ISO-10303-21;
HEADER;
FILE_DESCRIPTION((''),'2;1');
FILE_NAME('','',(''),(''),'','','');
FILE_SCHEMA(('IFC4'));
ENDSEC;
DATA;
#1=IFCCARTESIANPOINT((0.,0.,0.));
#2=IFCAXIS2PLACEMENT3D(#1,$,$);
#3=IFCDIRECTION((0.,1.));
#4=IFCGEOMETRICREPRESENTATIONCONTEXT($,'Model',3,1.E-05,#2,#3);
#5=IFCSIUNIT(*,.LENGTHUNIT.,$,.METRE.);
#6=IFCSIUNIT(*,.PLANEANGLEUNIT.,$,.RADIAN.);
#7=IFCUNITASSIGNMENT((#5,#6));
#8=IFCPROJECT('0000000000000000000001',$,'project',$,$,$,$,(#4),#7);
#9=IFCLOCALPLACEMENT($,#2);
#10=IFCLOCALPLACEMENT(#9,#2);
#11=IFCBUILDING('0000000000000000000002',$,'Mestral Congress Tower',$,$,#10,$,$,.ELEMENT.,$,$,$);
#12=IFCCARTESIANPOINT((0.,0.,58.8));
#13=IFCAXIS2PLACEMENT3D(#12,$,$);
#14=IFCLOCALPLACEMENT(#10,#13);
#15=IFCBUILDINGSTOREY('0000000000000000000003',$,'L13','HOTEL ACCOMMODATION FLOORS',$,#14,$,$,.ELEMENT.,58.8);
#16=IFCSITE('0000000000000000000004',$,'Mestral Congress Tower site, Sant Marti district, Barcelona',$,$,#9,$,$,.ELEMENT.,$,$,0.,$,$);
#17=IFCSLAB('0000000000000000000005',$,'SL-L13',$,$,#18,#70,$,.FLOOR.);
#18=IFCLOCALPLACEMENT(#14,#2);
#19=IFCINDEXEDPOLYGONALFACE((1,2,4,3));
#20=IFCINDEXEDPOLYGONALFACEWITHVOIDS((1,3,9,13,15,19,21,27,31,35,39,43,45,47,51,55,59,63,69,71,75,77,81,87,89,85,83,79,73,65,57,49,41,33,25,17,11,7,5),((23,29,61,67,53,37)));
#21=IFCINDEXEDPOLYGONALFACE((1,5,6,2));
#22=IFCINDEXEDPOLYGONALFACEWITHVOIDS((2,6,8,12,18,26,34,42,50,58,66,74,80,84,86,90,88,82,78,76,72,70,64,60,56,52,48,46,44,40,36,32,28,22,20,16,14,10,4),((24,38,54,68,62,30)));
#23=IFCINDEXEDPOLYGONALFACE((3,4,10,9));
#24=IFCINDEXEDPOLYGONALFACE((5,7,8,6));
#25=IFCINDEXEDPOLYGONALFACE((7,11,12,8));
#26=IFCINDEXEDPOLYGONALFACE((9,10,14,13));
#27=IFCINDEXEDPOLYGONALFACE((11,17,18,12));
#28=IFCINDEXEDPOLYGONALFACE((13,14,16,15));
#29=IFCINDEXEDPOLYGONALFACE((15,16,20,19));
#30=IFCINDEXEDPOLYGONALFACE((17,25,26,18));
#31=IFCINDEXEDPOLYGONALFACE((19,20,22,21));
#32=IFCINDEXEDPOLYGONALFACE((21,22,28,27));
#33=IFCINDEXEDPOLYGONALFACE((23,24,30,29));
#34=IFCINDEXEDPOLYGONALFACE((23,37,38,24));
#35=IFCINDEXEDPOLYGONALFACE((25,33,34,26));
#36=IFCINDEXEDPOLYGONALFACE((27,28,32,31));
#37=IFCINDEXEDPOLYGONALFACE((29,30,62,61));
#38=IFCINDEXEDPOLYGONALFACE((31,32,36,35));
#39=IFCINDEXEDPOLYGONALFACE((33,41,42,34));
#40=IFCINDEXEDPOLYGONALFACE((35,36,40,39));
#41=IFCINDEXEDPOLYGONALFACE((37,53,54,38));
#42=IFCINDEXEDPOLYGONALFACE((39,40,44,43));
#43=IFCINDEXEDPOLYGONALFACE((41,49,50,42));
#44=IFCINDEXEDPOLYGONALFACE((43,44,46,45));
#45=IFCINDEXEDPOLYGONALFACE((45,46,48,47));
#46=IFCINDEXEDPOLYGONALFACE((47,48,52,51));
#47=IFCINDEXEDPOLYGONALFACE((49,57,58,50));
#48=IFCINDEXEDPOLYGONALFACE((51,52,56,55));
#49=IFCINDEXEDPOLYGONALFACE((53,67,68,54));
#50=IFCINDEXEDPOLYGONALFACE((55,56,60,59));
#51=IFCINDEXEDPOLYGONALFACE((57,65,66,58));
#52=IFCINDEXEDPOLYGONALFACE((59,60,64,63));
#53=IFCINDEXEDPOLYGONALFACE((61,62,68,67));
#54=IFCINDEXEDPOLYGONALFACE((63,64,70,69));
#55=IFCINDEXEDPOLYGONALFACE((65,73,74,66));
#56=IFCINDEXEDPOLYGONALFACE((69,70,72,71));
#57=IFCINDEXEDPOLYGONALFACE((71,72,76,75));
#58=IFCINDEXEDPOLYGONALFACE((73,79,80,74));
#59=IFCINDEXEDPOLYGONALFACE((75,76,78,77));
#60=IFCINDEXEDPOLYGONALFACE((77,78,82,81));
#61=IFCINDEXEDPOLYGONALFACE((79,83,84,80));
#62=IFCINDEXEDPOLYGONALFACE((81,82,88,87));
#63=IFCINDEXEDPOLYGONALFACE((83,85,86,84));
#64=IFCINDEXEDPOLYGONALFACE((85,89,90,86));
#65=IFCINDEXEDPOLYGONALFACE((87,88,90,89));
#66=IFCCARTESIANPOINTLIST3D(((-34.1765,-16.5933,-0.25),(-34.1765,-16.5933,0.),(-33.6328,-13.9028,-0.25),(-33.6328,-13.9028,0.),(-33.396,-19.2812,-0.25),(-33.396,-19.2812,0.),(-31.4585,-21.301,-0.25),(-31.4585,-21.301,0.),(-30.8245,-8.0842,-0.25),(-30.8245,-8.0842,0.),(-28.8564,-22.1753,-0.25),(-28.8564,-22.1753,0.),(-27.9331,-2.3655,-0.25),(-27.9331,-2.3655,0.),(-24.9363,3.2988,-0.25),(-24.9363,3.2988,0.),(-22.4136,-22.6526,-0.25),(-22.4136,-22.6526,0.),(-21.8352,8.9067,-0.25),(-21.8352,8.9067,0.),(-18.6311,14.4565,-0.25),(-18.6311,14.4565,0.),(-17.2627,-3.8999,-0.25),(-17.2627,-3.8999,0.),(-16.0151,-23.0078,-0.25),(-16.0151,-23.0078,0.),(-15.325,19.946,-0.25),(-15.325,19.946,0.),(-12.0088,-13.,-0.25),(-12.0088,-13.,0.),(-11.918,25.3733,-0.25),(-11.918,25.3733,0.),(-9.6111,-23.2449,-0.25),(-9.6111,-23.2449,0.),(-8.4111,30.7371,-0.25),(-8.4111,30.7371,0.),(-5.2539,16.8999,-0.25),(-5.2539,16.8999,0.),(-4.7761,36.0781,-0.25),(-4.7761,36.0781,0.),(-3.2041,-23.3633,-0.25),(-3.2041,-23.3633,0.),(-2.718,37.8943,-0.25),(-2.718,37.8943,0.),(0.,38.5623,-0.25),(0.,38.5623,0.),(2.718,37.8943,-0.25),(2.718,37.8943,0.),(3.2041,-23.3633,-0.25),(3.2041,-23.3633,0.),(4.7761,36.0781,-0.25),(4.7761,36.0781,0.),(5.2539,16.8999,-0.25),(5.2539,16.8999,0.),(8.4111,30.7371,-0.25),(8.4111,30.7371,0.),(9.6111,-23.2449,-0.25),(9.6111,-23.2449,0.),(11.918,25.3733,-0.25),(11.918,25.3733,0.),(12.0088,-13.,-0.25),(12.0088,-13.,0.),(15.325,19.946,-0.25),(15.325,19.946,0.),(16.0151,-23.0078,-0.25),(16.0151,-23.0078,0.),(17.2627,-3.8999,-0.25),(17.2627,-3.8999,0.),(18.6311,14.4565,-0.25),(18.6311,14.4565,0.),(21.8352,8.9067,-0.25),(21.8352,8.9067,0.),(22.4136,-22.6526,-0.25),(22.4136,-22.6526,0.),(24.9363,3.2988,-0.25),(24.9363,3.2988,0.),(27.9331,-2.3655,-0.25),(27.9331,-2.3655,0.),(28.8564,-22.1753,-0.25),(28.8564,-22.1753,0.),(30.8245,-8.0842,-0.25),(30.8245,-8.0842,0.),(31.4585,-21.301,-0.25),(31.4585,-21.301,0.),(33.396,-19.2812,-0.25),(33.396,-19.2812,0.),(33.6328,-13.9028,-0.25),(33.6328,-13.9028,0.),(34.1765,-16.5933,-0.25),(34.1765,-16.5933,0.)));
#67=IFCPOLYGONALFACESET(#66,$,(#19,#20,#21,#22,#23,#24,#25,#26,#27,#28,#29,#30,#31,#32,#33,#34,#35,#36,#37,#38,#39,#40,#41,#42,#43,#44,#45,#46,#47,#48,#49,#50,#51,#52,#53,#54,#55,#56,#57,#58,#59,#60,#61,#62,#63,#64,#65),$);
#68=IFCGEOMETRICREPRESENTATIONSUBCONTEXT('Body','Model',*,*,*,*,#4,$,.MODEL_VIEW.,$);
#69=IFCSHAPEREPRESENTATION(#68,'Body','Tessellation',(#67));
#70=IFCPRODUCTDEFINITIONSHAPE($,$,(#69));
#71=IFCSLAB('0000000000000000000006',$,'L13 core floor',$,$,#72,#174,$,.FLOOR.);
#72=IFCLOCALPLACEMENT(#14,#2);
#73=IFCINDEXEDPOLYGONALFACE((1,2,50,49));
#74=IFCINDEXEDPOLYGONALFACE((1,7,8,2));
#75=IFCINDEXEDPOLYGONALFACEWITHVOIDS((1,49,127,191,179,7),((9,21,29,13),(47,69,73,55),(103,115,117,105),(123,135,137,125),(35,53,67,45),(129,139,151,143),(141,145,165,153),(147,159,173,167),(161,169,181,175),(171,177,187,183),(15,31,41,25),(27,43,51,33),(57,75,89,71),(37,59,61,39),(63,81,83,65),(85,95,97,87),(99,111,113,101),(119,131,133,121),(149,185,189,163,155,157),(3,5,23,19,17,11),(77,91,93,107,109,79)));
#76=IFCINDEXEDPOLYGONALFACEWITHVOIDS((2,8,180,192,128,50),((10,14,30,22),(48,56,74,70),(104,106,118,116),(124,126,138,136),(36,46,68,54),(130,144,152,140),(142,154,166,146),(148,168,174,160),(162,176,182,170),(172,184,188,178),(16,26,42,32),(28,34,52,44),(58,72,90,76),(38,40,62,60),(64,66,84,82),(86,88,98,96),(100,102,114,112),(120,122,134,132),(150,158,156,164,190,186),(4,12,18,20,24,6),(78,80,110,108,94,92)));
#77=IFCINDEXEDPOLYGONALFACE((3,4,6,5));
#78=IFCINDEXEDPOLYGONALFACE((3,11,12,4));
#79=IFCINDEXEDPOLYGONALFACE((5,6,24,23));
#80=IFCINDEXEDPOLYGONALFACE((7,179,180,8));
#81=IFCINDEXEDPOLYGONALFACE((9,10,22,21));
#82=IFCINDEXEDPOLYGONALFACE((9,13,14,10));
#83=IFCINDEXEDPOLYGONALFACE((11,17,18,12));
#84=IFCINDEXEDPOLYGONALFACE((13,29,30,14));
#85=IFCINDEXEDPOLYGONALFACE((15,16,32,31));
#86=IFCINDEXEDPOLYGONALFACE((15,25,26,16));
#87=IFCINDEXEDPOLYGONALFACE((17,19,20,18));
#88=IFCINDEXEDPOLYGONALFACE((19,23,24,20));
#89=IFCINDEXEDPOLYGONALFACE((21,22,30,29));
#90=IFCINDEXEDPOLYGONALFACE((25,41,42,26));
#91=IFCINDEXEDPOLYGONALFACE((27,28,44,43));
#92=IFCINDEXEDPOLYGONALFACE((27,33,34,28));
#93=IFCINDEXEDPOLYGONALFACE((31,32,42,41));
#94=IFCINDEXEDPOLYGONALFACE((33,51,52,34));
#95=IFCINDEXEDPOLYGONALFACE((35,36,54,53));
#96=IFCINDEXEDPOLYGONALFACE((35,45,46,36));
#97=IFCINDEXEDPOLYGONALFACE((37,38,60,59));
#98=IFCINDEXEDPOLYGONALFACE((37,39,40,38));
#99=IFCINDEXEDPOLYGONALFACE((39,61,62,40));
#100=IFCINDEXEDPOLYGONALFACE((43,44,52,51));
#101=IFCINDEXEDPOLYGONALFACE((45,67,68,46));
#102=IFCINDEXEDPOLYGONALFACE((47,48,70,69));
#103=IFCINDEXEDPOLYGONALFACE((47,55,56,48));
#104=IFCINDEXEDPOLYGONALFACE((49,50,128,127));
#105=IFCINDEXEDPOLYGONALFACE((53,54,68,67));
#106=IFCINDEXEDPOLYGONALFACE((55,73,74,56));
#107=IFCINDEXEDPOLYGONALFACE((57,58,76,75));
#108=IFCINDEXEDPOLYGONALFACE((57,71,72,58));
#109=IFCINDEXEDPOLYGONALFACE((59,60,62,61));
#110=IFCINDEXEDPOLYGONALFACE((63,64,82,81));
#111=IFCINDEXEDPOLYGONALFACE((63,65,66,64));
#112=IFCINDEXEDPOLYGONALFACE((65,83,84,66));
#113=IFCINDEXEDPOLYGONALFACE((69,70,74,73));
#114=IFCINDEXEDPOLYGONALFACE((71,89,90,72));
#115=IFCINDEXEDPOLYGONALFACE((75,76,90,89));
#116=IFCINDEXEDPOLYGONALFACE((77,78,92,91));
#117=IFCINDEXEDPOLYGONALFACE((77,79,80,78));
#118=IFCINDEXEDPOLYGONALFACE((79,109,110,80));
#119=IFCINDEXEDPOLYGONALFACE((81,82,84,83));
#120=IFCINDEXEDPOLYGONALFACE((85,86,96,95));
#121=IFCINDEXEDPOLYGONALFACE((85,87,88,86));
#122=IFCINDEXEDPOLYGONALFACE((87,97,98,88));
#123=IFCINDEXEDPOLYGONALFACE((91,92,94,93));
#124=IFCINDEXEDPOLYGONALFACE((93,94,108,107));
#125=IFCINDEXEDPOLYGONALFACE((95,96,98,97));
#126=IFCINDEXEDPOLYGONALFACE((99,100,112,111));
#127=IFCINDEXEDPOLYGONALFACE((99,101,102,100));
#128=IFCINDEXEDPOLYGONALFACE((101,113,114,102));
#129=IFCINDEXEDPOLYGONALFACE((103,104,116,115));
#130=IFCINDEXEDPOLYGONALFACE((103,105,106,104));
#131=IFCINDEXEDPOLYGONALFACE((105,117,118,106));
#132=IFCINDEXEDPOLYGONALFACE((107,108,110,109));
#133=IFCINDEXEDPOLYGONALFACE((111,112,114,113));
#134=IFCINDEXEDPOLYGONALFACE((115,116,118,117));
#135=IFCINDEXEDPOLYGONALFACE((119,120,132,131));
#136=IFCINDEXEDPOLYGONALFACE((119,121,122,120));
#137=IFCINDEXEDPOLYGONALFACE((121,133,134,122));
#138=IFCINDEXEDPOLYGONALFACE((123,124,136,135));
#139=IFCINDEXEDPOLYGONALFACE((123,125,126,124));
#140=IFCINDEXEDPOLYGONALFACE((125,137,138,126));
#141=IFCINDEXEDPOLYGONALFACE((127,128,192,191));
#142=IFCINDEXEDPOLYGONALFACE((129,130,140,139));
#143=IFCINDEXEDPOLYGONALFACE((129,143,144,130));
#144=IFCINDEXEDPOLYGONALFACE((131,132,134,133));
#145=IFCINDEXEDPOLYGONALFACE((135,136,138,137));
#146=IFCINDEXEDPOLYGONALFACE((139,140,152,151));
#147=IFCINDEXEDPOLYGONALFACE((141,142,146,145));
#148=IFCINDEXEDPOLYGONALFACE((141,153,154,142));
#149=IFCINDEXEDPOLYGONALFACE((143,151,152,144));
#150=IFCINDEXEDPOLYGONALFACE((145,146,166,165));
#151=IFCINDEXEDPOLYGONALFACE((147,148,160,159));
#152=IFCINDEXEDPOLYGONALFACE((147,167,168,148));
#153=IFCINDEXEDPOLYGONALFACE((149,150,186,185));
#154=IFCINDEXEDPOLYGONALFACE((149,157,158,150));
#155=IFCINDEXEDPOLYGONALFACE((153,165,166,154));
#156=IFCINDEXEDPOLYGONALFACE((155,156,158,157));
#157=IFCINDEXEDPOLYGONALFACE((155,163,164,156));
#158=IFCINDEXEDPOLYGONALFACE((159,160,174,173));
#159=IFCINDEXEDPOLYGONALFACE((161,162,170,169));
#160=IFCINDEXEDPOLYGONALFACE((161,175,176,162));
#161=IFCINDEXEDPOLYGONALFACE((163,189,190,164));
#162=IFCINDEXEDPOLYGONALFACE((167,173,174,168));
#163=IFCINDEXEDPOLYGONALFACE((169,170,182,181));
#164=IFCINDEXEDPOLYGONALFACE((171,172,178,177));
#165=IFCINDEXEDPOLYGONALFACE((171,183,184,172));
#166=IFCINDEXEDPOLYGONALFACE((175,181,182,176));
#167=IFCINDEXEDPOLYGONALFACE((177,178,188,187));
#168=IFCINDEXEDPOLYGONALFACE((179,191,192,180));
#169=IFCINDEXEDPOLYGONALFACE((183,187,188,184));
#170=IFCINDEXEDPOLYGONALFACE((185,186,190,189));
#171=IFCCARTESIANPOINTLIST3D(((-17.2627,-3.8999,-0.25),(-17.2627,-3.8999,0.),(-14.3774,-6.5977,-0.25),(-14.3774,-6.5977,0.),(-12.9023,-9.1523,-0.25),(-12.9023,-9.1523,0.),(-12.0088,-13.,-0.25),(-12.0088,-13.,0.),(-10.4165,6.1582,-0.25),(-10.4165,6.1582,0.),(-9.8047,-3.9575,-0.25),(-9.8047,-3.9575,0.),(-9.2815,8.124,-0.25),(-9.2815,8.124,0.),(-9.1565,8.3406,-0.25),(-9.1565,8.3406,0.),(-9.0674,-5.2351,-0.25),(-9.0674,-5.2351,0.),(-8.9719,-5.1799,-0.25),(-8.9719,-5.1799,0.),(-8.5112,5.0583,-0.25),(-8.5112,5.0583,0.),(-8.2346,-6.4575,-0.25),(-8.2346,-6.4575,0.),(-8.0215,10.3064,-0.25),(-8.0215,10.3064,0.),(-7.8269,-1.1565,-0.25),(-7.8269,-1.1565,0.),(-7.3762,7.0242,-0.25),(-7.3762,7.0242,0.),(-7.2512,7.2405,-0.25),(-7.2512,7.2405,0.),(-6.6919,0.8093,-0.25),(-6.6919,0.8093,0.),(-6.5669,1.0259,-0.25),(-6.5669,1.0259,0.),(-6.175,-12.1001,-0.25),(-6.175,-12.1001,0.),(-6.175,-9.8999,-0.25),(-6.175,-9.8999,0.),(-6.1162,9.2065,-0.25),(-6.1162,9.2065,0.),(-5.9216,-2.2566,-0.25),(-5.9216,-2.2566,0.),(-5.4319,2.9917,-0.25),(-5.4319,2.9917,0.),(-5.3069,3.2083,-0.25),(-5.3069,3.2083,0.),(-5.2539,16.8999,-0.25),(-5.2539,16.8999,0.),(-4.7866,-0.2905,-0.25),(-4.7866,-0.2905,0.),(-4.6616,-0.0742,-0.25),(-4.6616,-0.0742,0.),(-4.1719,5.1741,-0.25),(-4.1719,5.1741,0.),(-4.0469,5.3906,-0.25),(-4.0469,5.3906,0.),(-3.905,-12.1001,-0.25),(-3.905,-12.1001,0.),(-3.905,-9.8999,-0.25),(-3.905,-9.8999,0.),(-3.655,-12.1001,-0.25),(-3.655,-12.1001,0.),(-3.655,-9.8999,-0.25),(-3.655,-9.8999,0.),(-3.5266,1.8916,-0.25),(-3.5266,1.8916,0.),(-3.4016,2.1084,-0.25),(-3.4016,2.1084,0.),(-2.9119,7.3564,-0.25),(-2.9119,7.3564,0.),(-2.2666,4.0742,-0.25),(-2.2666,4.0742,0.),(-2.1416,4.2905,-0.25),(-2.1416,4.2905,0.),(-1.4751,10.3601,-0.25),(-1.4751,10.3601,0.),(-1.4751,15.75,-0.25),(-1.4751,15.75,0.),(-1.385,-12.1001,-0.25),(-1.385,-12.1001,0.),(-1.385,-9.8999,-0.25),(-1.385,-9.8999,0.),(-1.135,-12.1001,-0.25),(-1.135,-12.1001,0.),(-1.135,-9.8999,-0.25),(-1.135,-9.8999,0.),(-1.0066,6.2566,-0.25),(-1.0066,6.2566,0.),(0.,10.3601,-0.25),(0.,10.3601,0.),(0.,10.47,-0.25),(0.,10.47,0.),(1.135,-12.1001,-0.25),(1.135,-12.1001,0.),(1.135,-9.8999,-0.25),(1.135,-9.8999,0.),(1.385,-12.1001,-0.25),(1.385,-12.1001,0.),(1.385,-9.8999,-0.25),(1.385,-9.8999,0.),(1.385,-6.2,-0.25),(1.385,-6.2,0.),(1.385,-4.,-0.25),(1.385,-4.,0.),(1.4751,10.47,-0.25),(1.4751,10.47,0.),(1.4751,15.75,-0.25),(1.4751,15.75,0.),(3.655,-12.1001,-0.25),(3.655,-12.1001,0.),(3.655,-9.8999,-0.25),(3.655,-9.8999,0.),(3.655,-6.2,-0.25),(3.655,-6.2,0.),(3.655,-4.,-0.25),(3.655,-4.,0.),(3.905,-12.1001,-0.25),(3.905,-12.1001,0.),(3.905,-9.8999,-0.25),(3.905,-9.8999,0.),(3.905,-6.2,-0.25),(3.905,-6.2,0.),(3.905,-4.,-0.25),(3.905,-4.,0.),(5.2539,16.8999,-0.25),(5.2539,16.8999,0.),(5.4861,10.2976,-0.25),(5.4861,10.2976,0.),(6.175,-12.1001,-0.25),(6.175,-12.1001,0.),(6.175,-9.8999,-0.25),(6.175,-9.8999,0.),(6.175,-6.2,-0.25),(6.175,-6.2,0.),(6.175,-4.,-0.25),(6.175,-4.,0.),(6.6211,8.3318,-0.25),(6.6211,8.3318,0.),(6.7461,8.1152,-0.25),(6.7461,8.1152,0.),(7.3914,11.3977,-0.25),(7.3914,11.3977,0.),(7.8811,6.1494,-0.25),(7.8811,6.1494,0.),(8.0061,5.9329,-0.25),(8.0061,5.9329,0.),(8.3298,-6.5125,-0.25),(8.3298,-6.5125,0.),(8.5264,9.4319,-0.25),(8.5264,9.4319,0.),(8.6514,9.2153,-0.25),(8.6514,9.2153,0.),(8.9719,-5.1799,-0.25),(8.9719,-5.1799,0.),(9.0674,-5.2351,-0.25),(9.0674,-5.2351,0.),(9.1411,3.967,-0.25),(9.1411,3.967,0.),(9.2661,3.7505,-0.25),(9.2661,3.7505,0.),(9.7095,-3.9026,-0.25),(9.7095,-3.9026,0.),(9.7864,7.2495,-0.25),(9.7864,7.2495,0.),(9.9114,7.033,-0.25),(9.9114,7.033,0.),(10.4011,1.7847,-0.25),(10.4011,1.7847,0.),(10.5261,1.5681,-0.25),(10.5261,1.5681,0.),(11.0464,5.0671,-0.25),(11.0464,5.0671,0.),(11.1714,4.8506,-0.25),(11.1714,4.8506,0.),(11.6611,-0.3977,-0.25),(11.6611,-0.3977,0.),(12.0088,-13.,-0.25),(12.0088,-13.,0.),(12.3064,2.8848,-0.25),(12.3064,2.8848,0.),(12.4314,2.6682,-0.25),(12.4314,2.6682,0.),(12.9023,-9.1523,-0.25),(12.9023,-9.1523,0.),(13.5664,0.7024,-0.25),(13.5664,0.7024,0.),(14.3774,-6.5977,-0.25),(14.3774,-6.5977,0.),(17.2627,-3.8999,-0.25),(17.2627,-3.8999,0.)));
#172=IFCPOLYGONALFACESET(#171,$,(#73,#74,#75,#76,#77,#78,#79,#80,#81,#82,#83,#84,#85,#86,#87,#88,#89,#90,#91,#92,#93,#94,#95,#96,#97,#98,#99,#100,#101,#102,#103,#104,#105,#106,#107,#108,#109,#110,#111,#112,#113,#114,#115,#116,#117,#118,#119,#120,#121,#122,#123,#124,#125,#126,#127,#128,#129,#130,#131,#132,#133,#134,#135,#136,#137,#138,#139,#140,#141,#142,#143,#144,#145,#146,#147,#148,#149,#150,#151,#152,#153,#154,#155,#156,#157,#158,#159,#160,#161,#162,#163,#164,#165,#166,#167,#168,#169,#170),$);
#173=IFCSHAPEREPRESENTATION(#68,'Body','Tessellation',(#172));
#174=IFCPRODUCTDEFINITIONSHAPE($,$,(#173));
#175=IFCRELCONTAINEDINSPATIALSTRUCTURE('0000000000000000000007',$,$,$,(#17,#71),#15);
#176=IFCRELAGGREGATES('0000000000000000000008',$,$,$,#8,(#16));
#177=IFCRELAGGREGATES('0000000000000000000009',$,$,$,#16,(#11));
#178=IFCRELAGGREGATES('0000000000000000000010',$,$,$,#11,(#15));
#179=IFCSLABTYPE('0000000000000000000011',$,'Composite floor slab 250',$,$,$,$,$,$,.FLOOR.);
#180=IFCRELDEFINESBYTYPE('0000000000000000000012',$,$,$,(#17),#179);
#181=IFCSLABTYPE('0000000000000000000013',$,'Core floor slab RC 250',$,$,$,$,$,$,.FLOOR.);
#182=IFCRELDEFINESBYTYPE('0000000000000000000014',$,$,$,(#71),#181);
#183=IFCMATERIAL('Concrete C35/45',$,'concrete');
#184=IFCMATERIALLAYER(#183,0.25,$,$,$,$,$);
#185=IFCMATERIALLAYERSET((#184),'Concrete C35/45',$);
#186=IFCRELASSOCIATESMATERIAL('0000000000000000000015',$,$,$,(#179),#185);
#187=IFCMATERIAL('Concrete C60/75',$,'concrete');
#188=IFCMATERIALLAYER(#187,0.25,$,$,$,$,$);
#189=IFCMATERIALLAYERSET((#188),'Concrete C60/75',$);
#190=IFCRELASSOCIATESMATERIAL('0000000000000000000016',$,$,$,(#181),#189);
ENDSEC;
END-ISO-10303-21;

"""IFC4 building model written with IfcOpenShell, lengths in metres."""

from ifc_helpers import new_model, si_unit, direction, frame, origin, place, context, subcontext, project, spatial, polyline, outline, extrude, material, layer, layer_set, type_object, element, save


model = new_model("IFC4")

# Units and contexts
model_context = context("Model", 3, precision=1e-05, world=origin(), true_north=direction((0.0, 1.0)))
body_context = subcontext(model_context, "Body", "Model", "MODEL_VIEW")
ifc_project = project(units=[si_unit("LENGTHUNIT", "METRE"), si_unit("PLANEANGLEUNIT", "RADIAN")], contexts=[model_context])

# Site, building, storey
site_placement = place(None, origin())
site = spatial("IfcSite", under=ifc_project, at=site_placement, Name="Mestral Congress Tower site, Sant Marti district, Barcelona", CompositionType="ELEMENT", RefElevation=0.0)
building_placement = place(site_placement, origin())
building = spatial("IfcBuilding", under=site, at=building_placement, Name="Mestral Congress Tower", CompositionType="ELEMENT")
storey_placement = place(building_placement, frame((0.0, 0.0, 58.8)))
storey = spatial("IfcBuildingStorey", under=building, at=storey_placement, Name="L13", Description="HOTEL ACCOMMODATION FLOORS", CompositionType="ELEMENT", Elevation=58.8)

# Slabs
ifc_material_1 = material(Name="Concrete C35/45", Category="concrete")
ifc_layer_1 = layer(ifc_material_1, 0.25)
ifc_layer_set_1 = layer_set([ifc_layer_1], Name="Concrete C35/45")
slab_type_1 = type_object("IfcSlabType", Name="Composite floor slab 250", PredefinedType="FLOOR", material=ifc_layer_set_1)
placement_1 = place(storey_placement, frame((0.0, 0.0, -0.25)))
element("IfcSlab", 1, at=placement_1, inside=storey, type_object=slab_type_1, Name="SL-L13", PredefinedType="FLOOR", context=body_context, shape_type="SweptSolid", body=[
    extrude(outline(polyline([(-28.8564, -22.1753), (-31.4585, -21.301), (-33.396, -19.2812), (-34.1765, -16.5933), (-33.6328, -13.9028), (-30.8245, -8.0842), (-27.9331, -2.3655), (-24.9363, 3.2988), (-21.8352, 8.9067), (-18.6311, 14.4565), (-15.325, 19.946), (-11.918, 25.3733), (-8.4111, 30.7371), (-4.7761, 36.0781), (-2.718, 37.8943), (0.0, 38.5623), (2.718, 37.8943), (4.7761, 36.0781), (8.4111, 30.7371), (11.918, 25.3733), (15.325, 19.946), (18.6311, 14.4565), (21.8352, 8.9067), (24.9363, 3.2988), (27.9331, -2.3655), (30.8245, -8.0842), (33.6328, -13.9028), (34.1765, -16.5933), (33.396, -19.2812), (31.4585, -21.301), (28.8564, -22.1753), (22.4136, -22.6526), (16.0151, -23.0078), (9.6111, -23.2449), (3.2041, -23.3633), (-3.2041, -23.3633), (-9.6111, -23.2449), (-16.0151, -23.0078), (-22.4136, -22.6526), (-28.8564, -22.1753)]), holes=[polyline([(-5.2539, 16.8999), (-17.2627, -3.8999), (-12.0088, -13.0), (12.0088, -13.0), (17.2627, -3.8999), (5.2539, 16.8999), (-5.2539, 16.8999)])]), origin(), (0.0, 0.0, 1.0), 0.25),
])
ifc_material_2 = material(Name="Concrete C60/75", Category="concrete")
ifc_layer_2 = layer(ifc_material_2, 0.25)
ifc_layer_set_2 = layer_set([ifc_layer_2], Name="Concrete C60/75")
slab_type_2 = type_object("IfcSlabType", Name="Core floor slab RC 250", PredefinedType="FLOOR", material=ifc_layer_set_2)
element("IfcSlab", 2, at=placement_1, inside=storey, type_object=slab_type_2, Name="L13 core floor", PredefinedType="FLOOR", context=body_context, shape_type="SweptSolid", body=[
    extrude(outline(polyline([(12.0088, -13.0), (-12.0088, -13.0), (-17.2627, -3.8999), (-5.2539, 16.8999), (5.2539, 16.8999), (17.2627, -3.8999), (12.0088, -13.0)]), holes=[polyline([(-3.905, -9.8999), (-6.175, -9.8999), (-6.175, -12.1001), (-3.905, -12.1001), (-3.905, -9.8999)]), polyline([(-1.385, -9.8999), (-3.655, -9.8999), (-3.655, -12.1001), (-1.385, -12.1001), (-1.385, -9.8999)]), polyline([(1.135, -9.8999), (-1.135, -9.8999), (-1.135, -12.1001), (1.135, -12.1001), (1.135, -9.8999)]), polyline([(-9.0674, -5.2351), (-9.8047, -3.9575), (-14.3774, -6.5977), (-12.9023, -9.1523), (-8.2346, -6.4575), (-8.9719, -5.1799), (-9.0674, -5.2351)]), polyline([(-7.8269, -1.1565), (-5.9216, -2.2566), (-4.7866, -0.2905), (-6.6919, 0.8093), (-7.8269, -1.1565)]), polyline([(-4.6616, -0.0742), (-3.5266, 1.8916), (-5.4319, 2.9917), (-6.5669, 1.0259), (-4.6616, -0.0742)]), polyline([(-3.4016, 2.1084), (-2.2666, 4.0742), (-4.1719, 5.1741), (-5.3069, 3.2083), (-3.4016, 2.1084)]), polyline([(-2.1416, 4.2905), (-1.0066, 6.2566), (-2.9119, 7.3564), (-4.0469, 5.3906), (-2.1416, 4.2905)]), polyline([(-10.4165, 6.1582), (-8.5112, 5.0583), (-7.3762, 7.0242), (-9.2815, 8.124), (-10.4165, 6.1582)]), polyline([(-9.1565, 8.3406), (-7.2512, 7.2405), (-6.1162, 9.2065), (-8.0215, 10.3064), (-9.1565, 8.3406)]), polyline([(1.4751, 10.47), (1.4751, 15.75), (-1.4751, 15.75), (-1.4751, 10.3601), (0.0, 10.3601), (0.0, 10.47), (1.4751, 10.47)]), polyline([(3.655, -9.8999), (1.385, -9.8999), (1.385, -12.1001), (3.655, -12.1001), (3.655, -9.8999)]), polyline([(6.175, -9.8999), (3.905, -9.8999), (3.905, -12.1001), (6.175, -12.1001), (6.175, -9.8999)]), polyline([(9.0674, -5.2351), (8.3298, -6.5125), (12.9023, -9.1523), (14.3774, -6.5977), (9.7095, -3.9026), (8.9719, -5.1799), (9.0674, -5.2351)]), polyline([(3.655, -6.2), (3.655, -4.0), (1.385, -4.0), (1.385, -6.2), (3.655, -6.2)]), polyline([(6.175, -4.0), (3.905, -4.0), (3.905, -6.2), (6.175, -6.2), (6.175, -4.0)]), polyline([(12.4314, 2.6682), (10.5261, 1.5681), (11.6611, -0.3977), (13.5664, 0.7024), (12.4314, 2.6682)]), polyline([(11.1714, 4.8506), (9.2661, 3.7505), (10.4011, 1.7847), (12.3064, 2.8848), (11.1714, 4.8506)]), polyline([(8.0061, 5.9329), (9.1411, 3.967), (11.0464, 5.0671), (9.9114, 7.033), (8.0061, 5.9329)]), polyline([(8.6514, 9.2153), (6.7461, 8.1152), (7.8811, 6.1494), (9.7864, 7.2495), (8.6514, 9.2153)]), polyline([(7.3914, 11.3977), (5.4861, 10.2976), (6.6211, 8.3318), (8.5264, 9.4319), (7.3914, 11.3977)])]), origin(), (0.0, 0.0, 1.0), 0.25),
])

save(model, "model.ifc")
